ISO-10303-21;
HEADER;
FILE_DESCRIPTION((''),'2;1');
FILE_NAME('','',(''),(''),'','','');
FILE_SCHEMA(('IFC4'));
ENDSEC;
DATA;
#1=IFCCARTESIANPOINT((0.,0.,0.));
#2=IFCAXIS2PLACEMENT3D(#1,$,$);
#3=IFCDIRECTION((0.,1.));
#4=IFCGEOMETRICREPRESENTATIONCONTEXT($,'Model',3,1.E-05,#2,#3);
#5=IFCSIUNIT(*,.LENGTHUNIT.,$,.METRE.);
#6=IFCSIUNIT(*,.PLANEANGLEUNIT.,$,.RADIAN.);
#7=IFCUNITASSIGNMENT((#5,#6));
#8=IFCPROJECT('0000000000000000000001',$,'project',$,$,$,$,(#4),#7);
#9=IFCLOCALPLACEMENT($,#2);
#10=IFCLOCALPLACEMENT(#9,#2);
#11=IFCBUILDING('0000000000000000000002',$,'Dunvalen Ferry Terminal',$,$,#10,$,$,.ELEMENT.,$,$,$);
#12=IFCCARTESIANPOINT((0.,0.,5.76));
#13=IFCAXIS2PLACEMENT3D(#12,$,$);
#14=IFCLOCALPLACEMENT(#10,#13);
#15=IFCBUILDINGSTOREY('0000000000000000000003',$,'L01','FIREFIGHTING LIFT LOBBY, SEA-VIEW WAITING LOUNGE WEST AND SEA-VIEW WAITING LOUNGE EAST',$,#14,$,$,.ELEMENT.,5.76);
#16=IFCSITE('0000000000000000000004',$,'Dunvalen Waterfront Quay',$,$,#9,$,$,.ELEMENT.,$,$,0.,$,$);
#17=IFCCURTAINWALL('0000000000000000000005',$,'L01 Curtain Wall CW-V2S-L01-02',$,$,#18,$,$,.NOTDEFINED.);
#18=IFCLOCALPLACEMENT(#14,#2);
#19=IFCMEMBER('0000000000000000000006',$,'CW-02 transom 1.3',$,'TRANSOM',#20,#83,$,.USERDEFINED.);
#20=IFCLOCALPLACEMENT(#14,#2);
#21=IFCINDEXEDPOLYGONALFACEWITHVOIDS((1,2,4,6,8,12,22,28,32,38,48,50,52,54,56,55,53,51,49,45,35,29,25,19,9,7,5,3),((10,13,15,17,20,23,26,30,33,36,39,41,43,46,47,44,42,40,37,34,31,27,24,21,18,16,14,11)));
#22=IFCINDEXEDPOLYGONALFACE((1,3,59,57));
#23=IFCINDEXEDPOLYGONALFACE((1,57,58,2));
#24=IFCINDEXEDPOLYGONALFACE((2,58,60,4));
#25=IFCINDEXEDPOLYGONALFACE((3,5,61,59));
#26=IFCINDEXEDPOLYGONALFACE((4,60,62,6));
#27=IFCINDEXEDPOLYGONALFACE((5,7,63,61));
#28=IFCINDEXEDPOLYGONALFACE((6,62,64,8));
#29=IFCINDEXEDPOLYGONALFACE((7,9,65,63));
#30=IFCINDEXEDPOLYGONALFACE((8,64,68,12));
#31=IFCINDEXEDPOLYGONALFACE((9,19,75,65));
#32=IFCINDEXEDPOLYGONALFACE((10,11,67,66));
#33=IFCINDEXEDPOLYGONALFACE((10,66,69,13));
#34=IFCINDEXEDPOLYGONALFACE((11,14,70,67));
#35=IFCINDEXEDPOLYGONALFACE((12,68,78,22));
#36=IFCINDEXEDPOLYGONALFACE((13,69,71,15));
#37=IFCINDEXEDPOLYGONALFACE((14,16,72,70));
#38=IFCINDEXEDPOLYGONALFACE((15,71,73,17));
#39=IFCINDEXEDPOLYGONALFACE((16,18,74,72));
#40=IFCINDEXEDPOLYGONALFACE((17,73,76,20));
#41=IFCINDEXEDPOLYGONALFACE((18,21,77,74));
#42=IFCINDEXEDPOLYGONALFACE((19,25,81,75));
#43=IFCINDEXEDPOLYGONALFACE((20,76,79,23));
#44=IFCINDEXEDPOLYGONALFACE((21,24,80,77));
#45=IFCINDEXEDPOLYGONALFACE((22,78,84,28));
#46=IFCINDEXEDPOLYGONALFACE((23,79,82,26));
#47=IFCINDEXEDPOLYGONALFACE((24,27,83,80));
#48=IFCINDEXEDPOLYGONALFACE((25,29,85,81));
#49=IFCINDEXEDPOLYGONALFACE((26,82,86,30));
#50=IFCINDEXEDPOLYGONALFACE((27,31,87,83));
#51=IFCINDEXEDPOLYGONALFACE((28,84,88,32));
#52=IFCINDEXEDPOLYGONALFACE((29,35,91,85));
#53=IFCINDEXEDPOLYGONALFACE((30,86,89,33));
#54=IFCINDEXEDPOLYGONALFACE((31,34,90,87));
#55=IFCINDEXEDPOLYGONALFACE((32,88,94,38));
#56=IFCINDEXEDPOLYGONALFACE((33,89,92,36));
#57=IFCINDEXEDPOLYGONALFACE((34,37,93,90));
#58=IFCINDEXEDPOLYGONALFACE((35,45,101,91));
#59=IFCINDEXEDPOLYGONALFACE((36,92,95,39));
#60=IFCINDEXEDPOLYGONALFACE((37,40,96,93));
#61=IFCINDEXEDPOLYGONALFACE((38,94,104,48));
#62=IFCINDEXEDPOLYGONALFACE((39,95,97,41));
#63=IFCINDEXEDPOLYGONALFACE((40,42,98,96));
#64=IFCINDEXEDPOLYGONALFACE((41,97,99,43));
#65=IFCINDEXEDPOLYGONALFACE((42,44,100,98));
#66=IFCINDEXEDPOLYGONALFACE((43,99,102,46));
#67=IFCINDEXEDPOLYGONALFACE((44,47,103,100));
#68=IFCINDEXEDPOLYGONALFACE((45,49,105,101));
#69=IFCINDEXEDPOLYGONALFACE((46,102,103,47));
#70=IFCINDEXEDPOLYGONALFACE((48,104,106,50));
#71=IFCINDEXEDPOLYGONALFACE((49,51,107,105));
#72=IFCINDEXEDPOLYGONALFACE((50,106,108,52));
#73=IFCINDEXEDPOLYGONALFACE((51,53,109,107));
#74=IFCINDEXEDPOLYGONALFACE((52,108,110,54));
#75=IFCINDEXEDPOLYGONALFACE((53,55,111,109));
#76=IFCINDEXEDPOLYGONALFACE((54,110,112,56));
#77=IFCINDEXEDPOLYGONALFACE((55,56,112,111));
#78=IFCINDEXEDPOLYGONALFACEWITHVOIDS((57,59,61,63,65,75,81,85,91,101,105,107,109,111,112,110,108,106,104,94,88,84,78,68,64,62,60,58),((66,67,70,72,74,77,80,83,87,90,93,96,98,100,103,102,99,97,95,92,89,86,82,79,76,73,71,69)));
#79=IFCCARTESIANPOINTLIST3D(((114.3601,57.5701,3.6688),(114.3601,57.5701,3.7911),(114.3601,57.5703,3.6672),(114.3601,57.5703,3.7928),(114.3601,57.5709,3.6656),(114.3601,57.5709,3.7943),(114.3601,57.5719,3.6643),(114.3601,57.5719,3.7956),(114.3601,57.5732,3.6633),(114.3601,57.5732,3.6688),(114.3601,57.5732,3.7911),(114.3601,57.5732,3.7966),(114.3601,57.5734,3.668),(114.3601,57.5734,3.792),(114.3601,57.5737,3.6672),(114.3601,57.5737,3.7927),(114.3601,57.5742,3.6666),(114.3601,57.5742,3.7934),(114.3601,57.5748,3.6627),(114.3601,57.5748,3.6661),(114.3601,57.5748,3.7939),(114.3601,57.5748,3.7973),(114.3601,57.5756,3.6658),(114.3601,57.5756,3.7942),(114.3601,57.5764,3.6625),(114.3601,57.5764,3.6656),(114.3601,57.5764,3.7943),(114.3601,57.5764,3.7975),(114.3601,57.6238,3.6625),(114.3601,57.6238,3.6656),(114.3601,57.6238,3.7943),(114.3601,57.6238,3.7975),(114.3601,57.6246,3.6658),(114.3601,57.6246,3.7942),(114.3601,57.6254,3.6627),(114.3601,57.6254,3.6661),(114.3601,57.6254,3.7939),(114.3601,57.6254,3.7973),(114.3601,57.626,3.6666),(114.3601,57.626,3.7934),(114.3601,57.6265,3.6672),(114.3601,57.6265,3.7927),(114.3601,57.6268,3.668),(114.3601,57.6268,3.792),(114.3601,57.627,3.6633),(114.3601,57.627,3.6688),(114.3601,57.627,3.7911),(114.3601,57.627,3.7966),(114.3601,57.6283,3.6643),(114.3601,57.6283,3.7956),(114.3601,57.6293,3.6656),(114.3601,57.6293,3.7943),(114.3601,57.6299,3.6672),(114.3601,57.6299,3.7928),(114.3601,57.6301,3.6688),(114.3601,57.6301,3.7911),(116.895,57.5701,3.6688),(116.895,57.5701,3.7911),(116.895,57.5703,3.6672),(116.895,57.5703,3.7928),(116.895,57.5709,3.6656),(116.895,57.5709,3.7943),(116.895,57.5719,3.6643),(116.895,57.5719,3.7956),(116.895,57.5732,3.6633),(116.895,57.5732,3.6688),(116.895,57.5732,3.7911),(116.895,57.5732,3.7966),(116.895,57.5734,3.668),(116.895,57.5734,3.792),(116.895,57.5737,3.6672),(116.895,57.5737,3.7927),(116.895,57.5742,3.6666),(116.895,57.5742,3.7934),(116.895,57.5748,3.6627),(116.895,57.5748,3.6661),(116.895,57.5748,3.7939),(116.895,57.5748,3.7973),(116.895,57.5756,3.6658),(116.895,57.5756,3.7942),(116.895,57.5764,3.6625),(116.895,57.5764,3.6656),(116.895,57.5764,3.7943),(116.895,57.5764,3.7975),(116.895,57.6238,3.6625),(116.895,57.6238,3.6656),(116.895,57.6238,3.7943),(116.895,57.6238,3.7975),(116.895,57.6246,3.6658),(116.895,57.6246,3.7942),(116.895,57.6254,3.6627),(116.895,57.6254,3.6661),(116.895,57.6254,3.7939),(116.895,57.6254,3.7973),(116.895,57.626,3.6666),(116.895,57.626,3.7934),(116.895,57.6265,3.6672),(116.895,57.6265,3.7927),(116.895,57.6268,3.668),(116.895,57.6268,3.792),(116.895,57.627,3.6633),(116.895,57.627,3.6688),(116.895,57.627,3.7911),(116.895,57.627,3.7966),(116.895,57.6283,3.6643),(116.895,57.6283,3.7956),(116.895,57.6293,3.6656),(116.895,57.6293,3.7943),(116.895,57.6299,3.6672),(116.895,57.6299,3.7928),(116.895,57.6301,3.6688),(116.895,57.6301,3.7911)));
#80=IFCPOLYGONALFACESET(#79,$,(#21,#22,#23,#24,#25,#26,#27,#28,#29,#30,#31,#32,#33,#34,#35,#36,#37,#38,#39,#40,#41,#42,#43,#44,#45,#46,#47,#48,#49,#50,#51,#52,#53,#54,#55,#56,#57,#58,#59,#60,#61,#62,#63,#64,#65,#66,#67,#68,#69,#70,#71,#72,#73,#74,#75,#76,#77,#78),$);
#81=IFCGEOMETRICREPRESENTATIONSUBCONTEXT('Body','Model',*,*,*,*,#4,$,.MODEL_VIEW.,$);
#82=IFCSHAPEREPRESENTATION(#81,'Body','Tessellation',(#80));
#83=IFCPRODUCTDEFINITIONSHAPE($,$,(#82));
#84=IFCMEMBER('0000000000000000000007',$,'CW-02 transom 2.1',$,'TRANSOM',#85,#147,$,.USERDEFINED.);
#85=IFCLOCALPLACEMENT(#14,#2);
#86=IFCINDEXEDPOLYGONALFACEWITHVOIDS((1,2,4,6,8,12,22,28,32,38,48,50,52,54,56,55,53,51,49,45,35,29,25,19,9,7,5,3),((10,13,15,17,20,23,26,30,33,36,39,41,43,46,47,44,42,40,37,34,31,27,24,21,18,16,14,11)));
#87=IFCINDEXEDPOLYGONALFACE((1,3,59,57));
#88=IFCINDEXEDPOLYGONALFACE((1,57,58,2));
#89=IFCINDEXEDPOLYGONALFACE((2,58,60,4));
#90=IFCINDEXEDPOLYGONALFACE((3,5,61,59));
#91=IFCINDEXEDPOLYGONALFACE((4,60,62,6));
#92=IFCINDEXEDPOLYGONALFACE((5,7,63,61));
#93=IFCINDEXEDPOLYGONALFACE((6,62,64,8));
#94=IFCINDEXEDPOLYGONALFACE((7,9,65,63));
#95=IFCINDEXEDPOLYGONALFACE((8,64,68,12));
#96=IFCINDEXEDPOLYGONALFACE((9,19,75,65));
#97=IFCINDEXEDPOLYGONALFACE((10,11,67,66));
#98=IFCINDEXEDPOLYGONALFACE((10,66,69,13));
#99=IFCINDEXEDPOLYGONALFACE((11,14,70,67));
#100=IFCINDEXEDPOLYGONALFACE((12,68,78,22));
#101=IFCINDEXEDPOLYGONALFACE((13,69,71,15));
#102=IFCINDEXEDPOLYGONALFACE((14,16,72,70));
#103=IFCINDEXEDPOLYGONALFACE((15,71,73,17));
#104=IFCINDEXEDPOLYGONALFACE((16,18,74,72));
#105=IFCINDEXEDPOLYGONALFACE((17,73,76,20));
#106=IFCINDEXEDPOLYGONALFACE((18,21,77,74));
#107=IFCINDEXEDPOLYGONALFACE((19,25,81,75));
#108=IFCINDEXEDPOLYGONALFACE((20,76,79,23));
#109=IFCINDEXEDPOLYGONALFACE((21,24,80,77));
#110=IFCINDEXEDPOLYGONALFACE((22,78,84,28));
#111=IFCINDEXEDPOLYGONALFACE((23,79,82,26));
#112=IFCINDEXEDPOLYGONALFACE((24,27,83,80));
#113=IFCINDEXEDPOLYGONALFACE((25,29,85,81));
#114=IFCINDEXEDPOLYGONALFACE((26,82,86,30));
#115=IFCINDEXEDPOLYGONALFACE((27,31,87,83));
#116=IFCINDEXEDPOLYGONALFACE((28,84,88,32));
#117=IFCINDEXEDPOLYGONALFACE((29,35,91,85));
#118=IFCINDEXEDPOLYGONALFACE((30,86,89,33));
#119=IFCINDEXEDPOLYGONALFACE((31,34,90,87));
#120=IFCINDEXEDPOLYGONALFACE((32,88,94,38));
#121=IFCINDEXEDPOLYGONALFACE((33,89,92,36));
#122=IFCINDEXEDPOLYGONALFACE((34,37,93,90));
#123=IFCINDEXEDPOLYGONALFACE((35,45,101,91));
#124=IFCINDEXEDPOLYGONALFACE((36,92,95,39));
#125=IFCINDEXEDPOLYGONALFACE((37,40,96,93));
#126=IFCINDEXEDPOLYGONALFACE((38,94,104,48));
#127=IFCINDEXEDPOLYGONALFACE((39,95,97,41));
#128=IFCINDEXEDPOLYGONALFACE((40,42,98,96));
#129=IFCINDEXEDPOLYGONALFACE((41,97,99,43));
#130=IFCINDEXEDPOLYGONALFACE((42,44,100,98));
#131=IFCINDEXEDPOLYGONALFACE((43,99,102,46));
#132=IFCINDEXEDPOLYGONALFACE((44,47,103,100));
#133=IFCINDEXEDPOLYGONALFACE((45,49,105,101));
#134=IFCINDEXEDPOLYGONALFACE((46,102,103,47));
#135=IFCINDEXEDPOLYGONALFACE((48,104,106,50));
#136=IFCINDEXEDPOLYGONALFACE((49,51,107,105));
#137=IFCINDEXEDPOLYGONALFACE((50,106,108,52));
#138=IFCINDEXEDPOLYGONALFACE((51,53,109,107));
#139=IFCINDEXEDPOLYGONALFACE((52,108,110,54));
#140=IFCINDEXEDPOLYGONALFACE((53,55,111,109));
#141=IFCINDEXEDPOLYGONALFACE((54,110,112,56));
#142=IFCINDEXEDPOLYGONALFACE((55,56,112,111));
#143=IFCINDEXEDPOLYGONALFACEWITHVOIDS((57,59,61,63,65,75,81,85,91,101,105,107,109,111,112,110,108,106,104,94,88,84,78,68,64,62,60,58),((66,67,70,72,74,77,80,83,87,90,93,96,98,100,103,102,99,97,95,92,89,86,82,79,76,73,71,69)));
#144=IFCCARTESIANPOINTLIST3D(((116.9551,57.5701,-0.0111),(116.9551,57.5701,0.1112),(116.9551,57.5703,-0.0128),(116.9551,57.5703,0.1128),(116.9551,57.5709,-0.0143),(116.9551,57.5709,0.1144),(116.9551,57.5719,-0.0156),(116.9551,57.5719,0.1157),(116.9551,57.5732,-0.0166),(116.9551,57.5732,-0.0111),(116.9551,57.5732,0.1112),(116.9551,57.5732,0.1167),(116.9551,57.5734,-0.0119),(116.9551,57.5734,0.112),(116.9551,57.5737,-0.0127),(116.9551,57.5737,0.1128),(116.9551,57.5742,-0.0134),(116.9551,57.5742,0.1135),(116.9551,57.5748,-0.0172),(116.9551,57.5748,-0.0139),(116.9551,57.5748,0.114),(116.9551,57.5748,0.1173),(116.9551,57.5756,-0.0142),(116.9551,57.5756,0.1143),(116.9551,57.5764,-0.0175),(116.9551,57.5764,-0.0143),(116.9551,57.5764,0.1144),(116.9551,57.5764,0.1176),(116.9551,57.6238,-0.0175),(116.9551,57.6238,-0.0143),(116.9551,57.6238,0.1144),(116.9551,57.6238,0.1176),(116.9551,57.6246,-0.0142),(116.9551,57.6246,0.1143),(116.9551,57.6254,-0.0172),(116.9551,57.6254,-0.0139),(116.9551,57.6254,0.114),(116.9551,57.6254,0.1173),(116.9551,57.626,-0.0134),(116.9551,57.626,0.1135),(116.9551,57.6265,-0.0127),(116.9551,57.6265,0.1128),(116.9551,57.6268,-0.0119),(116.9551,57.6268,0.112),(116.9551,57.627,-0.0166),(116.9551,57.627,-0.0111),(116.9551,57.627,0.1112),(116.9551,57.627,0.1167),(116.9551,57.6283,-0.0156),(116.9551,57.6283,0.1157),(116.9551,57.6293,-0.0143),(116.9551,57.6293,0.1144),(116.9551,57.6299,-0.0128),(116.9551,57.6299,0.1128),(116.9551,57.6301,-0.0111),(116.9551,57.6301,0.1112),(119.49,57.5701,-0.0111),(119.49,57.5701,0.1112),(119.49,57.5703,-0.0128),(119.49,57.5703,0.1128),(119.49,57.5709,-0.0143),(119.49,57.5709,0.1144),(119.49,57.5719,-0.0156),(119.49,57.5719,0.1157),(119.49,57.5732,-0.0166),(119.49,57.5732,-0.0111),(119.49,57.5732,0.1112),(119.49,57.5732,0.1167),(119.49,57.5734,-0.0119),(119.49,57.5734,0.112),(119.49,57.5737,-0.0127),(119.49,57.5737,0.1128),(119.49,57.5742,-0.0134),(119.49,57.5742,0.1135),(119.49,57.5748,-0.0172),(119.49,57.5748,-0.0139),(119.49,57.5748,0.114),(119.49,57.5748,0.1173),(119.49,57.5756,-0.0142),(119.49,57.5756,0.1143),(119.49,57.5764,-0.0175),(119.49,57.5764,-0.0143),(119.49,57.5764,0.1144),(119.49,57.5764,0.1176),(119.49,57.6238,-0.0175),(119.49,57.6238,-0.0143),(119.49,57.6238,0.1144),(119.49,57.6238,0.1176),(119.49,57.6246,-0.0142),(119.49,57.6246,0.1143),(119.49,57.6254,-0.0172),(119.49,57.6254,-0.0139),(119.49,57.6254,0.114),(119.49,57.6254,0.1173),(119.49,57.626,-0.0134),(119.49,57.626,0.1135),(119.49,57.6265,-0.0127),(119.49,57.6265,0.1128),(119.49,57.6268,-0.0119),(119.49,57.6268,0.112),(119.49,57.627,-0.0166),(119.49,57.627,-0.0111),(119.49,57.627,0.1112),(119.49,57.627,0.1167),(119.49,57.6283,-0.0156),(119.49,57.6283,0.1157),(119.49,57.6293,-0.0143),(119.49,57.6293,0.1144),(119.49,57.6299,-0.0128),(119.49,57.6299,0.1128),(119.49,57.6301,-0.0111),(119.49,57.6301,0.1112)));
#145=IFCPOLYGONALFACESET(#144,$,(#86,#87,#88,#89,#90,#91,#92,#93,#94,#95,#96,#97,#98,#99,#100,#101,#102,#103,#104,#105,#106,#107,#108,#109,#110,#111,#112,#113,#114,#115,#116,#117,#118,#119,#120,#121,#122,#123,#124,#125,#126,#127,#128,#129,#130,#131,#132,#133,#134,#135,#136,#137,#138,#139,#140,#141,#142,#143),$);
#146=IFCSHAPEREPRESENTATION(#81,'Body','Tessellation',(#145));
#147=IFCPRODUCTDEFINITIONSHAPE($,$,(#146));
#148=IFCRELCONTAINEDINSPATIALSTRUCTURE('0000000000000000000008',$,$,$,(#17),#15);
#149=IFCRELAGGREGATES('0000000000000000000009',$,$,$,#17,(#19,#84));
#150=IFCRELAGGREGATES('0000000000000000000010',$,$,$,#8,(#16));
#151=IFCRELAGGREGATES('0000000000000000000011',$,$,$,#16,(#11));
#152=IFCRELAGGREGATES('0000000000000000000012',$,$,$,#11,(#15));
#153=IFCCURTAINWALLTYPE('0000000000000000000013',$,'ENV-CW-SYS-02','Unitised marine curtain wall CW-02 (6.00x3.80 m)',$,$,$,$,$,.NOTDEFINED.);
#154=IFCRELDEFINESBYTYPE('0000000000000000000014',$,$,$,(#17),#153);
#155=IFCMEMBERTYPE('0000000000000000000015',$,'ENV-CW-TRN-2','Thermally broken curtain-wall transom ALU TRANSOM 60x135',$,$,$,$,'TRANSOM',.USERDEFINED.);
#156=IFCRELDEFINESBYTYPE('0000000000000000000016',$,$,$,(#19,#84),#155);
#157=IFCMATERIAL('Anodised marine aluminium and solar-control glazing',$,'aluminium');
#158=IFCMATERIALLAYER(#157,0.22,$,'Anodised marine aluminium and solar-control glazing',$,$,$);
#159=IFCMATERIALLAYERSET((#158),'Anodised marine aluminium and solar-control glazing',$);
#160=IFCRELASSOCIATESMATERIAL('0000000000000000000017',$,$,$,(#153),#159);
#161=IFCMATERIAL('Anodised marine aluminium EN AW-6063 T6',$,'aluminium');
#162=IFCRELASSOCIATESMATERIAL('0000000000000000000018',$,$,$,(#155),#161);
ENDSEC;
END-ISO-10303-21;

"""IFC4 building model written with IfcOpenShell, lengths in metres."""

from ifc_helpers import new_model, si_unit, direction, frame, origin, origin_2d, place, context, subcontext, project, spatial, hollow_rectangle, extrude, material, layer, layer_set, material_profile, profile_set, type_object, element, aggregate, save


model = new_model("IFC4")

# Units and contexts
model_context = context("Model", 3, precision=1e-05, world=origin(), true_north=direction((0.0, 1.0)))
body_context = subcontext(model_context, "Body", "Model", "MODEL_VIEW")
ifc_project = project(units=[si_unit("LENGTHUNIT", "METRE"), si_unit("PLANEANGLEUNIT", "RADIAN")], contexts=[model_context])

# Site, building, storey
site_placement = place(None, origin())
site = spatial("IfcSite", under=ifc_project, at=site_placement, Name="Dunvalen Waterfront Quay", CompositionType="ELEMENT", RefElevation=0.0)
building_placement = place(site_placement, origin())
building = spatial("IfcBuilding", under=site, at=building_placement, Name="Dunvalen Ferry Terminal", CompositionType="ELEMENT")
storey_placement = place(building_placement, frame((0.0, 0.0, 5.76)))
storey = spatial("IfcBuildingStorey", under=building, at=storey_placement, Name="L01", Description="FIREFIGHTING LIFT LOBBY, SEA-VIEW WAITING LOUNGE WEST AND SEA-VIEW WAITING LOUNGE EAST", CompositionType="ELEMENT", Elevation=5.76)

# Curtain wall
ifc_material_1 = material(Name="Anodised marine aluminium and solar-control glazing", Category="aluminium")
ifc_layer_1 = layer(ifc_material_1, 0.22, Name="Anodised marine aluminium and solar-control glazing")
ifc_layer_set_1 = layer_set([ifc_layer_1], Name="Anodised marine aluminium and solar-control glazing")
curtain_wall_type_1 = type_object("IfcCurtainWallType", Name="ENV-CW-SYS-02", Description="Unitised marine curtain wall CW-02 (6.00x3.80 m)", PredefinedType="NOTDEFINED", material=ifc_layer_set_1)
ifc_material_2 = material(Name="Anodised marine aluminium EN AW-6063 T6", Category="aluminium")
curtain_wall_1_placement = place(storey_placement, origin())
curtain_wall_1 = element("IfcCurtainWall", 1, at=curtain_wall_1_placement, inside=storey, type_object=curtain_wall_type_1, Name="L01 Curtain Wall CW-V2S-L01-02", PredefinedType="NOTDEFINED")

# Members
ifc_material_profile_1 = material_profile(ifc_material_2, hollow_rectangle(XDim=0.0601, YDim=0.135, WallThickness=0.0032, InnerFilletRadius=0.0032, OuterFilletRadius=0.0063, at=origin_2d()), Name="Anodised marine aluminium EN AW-6063 T6")
ifc_profile_set_1 = profile_set([ifc_material_profile_1], Name="Anodised marine aluminium EN AW-6063 T6")
member_type_1 = type_object("IfcMemberType", Name="ENV-CW-TRN-2", Description="Thermally broken curtain-wall transom ALU TRANSOM 60x135", ElementType="TRANSOM", PredefinedType="USERDEFINED", material=ifc_profile_set_1)
member_1_placement = place(storey_placement, frame((114.3601, 57.6001, 3.73), z_axis=(1.0, 0.0, 0.0), x_axis=(0.0, 1.0, 0.0)))
member_1 = element("IfcMember", 2, at=member_1_placement, type_object=member_type_1, Name="CW-02 transom 1.3", ObjectType="TRANSOM", PredefinedType="USERDEFINED", context=body_context, shape_type="SweptSolid", body=[
    extrude(hollow_rectangle(XDim=0.0601, YDim=0.135, WallThickness=0.0032, InnerFilletRadius=0.0032, OuterFilletRadius=0.0063, at=origin_2d()), origin(), (0.0, 0.0, 1.0), 2.5349),
])
member_2_placement = place(storey_placement, frame((116.9551, 57.6001, 0.05), z_axis=(1.0, 0.0, 0.0), x_axis=(0.0, 1.0, 0.0)))
member_2 = element("IfcMember", 3, at=member_2_placement, type_object=member_type_1, Name="CW-02 transom 2.1", ObjectType="TRANSOM", PredefinedType="USERDEFINED", context=body_context, shape_type="SweptSolid", body=[
    extrude(hollow_rectangle(XDim=0.0601, YDim=0.135, WallThickness=0.0032, InnerFilletRadius=0.0032, OuterFilletRadius=0.0063, at=origin_2d()), origin(), (0.0, 0.0, 1.0), 2.5349),
])

aggregate(curtain_wall_1, [member_1, member_2])

save(model, "model.ifc")
